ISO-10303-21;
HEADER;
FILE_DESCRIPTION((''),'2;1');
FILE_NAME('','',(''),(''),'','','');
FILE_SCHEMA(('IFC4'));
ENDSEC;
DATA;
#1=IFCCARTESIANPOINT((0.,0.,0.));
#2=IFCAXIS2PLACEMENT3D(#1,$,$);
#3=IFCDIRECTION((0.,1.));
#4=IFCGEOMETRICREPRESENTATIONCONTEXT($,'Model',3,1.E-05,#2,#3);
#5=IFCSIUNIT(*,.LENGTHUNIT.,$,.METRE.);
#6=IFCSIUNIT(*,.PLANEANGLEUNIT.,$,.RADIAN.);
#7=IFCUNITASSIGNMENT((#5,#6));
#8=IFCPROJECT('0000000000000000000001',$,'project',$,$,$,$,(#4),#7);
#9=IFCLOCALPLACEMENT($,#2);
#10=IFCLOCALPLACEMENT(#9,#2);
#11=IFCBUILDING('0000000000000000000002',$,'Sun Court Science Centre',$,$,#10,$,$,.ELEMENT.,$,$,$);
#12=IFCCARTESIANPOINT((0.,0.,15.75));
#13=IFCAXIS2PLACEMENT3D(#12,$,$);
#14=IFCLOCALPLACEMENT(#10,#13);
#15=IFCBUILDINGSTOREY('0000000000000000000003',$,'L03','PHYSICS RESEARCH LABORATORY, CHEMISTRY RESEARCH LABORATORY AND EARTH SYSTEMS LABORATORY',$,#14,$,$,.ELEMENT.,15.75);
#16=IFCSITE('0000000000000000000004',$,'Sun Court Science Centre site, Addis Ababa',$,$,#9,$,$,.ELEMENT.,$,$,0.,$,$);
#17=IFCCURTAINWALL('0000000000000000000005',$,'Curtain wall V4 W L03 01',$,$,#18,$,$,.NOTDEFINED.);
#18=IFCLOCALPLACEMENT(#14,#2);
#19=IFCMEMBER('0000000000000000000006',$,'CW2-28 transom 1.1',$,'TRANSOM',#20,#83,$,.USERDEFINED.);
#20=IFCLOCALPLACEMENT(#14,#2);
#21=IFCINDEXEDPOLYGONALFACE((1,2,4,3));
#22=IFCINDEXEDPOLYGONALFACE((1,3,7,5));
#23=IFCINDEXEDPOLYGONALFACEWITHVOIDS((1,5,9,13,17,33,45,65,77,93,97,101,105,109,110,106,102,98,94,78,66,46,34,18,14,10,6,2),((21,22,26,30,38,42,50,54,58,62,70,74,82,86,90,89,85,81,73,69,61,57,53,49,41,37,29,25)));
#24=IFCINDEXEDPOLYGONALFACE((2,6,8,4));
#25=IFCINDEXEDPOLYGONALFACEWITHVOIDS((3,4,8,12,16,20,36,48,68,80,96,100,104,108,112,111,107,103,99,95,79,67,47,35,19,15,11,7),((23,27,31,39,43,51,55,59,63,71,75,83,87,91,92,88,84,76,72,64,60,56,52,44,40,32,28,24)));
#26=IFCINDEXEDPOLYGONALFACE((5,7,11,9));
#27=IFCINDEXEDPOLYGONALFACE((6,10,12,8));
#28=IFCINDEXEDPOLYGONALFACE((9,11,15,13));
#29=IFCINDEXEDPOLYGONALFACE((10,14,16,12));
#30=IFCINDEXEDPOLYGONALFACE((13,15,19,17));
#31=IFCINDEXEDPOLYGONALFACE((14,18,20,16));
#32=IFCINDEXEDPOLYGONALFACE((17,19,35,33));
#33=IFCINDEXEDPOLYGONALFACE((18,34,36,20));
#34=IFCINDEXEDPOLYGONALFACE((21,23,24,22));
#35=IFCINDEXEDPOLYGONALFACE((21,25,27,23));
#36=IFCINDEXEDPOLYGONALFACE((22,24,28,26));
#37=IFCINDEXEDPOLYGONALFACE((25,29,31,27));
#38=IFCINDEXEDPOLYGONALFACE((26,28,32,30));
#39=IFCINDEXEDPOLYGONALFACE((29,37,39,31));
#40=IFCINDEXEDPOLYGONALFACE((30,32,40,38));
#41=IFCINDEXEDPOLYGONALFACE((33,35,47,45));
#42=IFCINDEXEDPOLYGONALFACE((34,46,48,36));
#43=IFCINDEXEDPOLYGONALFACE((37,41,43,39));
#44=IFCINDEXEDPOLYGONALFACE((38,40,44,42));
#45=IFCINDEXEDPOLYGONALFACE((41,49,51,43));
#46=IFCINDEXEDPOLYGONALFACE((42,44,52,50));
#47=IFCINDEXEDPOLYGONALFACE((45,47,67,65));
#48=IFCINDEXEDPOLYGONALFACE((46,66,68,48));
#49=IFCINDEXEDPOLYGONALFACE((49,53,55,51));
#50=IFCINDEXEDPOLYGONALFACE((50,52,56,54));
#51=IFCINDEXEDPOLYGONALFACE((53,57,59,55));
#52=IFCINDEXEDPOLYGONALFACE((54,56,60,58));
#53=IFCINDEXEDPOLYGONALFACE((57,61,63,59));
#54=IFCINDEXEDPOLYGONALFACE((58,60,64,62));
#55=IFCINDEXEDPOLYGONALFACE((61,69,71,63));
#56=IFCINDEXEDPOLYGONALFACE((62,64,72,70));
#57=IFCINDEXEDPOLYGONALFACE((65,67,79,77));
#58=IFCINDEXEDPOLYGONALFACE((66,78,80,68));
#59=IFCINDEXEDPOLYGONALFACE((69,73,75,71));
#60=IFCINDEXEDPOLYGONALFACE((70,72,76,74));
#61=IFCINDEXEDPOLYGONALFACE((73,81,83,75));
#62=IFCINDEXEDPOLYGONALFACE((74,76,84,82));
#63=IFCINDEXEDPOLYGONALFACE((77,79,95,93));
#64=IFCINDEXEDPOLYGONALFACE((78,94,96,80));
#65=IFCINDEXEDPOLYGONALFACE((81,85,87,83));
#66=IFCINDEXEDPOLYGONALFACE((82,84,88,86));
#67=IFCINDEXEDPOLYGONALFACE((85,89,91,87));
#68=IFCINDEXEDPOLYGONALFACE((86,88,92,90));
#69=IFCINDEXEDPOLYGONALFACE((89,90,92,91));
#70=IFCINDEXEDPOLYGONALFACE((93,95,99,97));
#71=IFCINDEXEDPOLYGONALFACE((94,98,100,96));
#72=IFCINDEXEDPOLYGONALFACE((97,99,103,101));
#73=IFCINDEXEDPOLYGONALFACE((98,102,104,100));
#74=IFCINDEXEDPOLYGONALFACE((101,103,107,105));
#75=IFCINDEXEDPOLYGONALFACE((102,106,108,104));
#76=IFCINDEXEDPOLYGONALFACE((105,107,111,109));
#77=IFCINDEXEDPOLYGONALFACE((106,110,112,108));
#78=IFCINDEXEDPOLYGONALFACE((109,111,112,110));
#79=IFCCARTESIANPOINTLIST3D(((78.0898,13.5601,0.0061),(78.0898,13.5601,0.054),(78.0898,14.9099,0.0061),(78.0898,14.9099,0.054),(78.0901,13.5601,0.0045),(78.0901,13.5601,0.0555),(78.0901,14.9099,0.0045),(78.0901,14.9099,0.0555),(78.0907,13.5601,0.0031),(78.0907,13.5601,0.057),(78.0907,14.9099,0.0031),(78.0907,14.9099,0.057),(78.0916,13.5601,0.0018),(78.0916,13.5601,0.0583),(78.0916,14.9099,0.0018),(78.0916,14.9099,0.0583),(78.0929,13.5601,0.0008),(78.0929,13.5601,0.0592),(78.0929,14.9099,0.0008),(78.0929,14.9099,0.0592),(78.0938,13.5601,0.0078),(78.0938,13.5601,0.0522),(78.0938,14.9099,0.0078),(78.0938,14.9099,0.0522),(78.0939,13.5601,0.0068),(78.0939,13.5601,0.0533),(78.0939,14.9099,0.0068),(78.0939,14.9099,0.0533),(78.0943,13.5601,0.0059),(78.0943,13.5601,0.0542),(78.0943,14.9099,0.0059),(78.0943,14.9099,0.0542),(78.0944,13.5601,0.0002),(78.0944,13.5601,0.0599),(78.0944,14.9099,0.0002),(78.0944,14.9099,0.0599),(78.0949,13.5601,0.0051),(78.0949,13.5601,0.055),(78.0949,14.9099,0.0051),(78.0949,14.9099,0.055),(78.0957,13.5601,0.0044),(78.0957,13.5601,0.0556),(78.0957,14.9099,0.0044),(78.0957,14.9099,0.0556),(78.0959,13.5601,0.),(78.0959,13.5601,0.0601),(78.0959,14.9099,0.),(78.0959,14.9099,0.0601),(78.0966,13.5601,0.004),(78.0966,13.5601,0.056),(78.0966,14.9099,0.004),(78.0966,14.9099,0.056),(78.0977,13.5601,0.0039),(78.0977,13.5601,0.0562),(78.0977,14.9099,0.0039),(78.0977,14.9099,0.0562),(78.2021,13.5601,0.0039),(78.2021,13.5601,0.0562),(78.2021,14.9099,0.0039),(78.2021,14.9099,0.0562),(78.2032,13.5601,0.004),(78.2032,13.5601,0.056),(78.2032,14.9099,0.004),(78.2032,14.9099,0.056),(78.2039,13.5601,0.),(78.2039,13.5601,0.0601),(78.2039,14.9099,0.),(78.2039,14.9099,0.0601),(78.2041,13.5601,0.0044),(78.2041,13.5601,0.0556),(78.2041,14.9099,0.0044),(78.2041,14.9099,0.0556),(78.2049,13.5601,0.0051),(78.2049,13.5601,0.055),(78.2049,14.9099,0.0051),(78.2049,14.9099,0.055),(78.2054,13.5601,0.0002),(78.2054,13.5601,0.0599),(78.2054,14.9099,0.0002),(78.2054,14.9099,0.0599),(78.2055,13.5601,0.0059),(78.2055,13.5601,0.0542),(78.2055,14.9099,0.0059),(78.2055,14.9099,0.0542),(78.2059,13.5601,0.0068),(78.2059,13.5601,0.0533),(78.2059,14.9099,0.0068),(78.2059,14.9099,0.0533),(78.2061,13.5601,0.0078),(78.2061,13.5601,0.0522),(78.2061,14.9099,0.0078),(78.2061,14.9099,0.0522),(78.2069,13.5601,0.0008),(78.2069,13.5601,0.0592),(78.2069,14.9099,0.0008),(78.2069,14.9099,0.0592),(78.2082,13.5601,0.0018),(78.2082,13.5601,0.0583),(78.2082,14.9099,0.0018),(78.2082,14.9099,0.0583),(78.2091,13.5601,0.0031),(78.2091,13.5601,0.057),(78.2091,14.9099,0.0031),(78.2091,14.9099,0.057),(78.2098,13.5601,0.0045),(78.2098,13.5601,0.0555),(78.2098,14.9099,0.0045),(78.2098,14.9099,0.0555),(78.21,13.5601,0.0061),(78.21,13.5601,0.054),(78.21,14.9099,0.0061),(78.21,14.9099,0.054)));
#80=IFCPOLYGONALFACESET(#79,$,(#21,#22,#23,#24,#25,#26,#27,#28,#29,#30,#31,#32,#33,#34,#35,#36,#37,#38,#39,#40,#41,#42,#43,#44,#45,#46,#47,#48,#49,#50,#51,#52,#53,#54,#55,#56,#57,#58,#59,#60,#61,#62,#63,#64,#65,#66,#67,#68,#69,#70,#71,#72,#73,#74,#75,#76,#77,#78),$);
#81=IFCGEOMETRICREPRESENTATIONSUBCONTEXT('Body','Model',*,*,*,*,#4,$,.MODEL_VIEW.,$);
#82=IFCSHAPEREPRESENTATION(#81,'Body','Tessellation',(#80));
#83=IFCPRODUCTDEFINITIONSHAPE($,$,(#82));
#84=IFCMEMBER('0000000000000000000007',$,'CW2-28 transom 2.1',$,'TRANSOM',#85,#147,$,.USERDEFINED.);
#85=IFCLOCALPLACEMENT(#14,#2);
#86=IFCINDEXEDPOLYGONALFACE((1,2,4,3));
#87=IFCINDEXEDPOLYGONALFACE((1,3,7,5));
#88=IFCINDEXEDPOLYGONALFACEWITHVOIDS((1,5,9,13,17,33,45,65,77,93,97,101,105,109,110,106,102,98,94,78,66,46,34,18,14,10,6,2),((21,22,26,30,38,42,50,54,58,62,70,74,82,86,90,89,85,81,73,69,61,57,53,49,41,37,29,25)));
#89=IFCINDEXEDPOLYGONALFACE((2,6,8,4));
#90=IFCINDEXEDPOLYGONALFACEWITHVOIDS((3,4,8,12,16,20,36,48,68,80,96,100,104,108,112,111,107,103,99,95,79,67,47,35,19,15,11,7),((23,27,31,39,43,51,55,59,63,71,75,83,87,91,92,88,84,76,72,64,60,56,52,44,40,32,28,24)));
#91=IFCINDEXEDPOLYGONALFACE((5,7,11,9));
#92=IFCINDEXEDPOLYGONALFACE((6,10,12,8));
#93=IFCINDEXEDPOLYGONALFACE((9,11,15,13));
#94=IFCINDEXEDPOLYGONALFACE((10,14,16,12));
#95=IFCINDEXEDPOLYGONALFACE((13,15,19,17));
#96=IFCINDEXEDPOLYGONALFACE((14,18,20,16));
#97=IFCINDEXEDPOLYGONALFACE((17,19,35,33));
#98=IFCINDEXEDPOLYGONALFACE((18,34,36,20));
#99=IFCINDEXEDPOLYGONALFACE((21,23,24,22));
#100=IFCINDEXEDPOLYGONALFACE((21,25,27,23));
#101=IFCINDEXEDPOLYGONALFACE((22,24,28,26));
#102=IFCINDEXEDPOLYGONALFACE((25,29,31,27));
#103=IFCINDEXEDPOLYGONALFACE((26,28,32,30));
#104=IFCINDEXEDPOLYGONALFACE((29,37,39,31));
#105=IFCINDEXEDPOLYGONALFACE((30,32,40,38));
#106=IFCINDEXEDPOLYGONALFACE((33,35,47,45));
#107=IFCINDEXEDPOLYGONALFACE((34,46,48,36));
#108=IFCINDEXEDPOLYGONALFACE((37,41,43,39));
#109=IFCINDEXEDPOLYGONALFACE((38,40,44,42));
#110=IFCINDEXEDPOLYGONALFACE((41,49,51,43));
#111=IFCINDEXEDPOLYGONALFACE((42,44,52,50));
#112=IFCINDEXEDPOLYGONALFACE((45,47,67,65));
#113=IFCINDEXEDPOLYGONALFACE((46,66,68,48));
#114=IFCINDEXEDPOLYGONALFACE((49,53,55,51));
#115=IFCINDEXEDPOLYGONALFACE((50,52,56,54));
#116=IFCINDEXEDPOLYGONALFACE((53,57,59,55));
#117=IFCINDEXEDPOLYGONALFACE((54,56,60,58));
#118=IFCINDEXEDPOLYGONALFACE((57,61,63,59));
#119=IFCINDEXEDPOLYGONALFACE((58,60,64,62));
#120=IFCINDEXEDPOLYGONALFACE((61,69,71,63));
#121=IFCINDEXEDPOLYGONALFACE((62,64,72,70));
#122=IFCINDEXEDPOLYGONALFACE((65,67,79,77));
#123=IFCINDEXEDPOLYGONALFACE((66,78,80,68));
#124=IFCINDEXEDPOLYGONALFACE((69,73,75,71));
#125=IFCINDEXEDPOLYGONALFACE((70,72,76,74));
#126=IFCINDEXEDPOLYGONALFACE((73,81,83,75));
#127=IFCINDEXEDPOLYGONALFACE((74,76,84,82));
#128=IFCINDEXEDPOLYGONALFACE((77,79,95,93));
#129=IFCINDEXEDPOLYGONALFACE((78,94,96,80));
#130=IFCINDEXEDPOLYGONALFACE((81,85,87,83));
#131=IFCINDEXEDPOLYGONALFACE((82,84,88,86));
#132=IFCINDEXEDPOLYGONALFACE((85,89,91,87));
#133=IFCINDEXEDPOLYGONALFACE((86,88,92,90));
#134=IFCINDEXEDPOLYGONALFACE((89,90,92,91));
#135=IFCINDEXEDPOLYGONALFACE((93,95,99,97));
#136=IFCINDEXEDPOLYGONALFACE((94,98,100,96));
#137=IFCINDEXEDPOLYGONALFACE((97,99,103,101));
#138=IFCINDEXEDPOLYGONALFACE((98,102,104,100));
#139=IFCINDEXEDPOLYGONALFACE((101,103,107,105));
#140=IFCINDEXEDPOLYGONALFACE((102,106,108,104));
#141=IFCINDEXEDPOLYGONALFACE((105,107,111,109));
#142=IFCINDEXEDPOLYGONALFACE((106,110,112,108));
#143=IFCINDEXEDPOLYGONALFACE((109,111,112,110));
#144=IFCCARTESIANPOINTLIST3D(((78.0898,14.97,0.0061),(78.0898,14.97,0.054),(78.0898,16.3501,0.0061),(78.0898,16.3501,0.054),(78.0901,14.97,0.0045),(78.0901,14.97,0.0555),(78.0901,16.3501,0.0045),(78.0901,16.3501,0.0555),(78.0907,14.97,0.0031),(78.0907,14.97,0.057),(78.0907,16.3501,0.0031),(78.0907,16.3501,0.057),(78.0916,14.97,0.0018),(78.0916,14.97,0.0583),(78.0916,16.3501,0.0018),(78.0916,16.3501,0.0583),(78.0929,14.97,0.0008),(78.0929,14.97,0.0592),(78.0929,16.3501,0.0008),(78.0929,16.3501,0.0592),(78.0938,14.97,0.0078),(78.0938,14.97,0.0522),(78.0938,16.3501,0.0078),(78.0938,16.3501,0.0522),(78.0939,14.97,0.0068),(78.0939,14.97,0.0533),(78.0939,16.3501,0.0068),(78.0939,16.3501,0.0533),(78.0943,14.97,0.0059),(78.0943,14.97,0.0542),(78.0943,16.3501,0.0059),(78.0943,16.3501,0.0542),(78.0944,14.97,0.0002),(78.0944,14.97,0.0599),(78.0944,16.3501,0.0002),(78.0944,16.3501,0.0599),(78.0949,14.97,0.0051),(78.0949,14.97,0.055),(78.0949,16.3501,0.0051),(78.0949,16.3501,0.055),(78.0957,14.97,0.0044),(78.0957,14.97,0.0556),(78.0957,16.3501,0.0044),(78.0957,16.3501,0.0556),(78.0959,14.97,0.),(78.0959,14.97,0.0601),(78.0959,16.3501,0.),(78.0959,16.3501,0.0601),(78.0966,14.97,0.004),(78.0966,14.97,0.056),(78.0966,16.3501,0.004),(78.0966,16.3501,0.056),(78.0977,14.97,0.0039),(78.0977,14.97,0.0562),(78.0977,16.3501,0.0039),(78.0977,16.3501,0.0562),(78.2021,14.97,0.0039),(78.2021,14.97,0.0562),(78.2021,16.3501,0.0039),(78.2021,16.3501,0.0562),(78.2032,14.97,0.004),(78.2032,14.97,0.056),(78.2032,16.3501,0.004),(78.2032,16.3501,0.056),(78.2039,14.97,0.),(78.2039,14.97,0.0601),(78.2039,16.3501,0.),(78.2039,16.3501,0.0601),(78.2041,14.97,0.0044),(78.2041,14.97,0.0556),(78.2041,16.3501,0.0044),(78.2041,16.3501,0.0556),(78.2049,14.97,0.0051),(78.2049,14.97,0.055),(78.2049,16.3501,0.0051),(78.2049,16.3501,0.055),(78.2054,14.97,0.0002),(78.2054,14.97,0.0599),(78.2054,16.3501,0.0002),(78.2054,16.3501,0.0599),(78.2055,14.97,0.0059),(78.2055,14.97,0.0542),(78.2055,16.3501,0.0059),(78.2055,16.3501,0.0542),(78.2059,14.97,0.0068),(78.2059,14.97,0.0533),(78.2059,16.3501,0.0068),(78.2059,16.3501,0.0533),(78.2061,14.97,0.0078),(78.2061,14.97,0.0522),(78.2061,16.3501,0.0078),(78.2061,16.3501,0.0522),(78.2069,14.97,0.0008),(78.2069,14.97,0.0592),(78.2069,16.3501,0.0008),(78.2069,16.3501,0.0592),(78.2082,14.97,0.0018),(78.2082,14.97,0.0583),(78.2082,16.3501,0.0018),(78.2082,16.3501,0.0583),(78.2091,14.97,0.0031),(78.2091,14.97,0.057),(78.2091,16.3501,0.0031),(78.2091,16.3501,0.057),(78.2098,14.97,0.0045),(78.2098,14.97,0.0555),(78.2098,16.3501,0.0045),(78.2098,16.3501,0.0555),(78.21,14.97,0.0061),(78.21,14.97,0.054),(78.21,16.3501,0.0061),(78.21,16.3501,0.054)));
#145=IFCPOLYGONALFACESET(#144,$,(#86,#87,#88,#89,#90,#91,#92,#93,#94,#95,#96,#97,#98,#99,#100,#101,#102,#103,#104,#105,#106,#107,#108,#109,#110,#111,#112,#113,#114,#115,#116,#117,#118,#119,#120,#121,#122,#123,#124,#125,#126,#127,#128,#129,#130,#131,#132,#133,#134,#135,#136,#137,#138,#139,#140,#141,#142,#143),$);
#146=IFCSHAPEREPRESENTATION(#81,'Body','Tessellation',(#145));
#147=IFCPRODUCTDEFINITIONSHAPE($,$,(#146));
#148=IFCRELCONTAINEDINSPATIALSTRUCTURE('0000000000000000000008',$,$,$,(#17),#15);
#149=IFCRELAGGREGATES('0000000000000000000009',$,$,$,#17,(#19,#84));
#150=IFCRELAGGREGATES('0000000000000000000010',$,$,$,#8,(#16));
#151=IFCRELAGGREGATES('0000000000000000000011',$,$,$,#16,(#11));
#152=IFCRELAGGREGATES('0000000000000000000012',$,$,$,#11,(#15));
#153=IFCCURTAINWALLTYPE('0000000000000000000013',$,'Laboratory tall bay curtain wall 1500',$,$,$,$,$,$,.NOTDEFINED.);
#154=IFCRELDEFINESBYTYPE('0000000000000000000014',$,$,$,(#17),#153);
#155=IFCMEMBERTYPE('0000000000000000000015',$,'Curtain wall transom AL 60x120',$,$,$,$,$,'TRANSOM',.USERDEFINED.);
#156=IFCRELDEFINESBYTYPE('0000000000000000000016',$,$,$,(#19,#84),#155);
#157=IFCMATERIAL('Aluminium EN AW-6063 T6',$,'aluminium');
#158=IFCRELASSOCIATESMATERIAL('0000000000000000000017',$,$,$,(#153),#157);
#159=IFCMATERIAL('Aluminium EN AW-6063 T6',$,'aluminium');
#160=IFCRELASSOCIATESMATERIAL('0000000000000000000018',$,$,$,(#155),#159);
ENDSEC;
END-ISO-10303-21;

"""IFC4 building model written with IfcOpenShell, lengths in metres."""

from ifc_helpers import new_model, si_unit, direction, frame, origin, origin_2d, place, context, subcontext, project, spatial, hollow_rectangle, extrude, material, material_profile, profile_set, type_object, element, aggregate, save


model = new_model("IFC4")

# Units and contexts
model_context = context("Model", 3, precision=1e-05, world=origin(), true_north=direction((0.0, 1.0)))
body_context = subcontext(model_context, "Body", "Model", "MODEL_VIEW")
ifc_project = project(units=[si_unit("LENGTHUNIT", "METRE"), si_unit("PLANEANGLEUNIT", "RADIAN")], contexts=[model_context])

# Site, building, storey
site_placement = place(None, origin())
site = spatial("IfcSite", under=ifc_project, at=site_placement, Name="Sun Court Science Centre site, Addis Ababa", CompositionType="ELEMENT", RefElevation=0.0)
building_placement = place(site_placement, origin())
building = spatial("IfcBuilding", under=site, at=building_placement, Name="Sun Court Science Centre", CompositionType="ELEMENT")
storey_placement = place(building_placement, frame((0.0, 0.0, 15.75)))
storey = spatial("IfcBuildingStorey", under=building, at=storey_placement, Name="L03", Description="PHYSICS RESEARCH LABORATORY, CHEMISTRY RESEARCH LABORATORY AND EARTH SYSTEMS LABORATORY", CompositionType="ELEMENT", Elevation=15.75)

# Curtain wall, members
ifc_material_1 = material(Name="Aluminium EN AW-6063 T6", Category="aluminium")
curtain_wall_type = type_object("IfcCurtainWallType", Name="Laboratory tall bay curtain wall 1500", PredefinedType="NOTDEFINED", material=ifc_material_1)
curtain_wall_placement = place(storey_placement, origin())
curtain_wall = element("IfcCurtainWall", 1, at=curtain_wall_placement, inside=storey, type_object=curtain_wall_type, Name="Curtain wall V4 W L03 01", PredefinedType="NOTDEFINED")
ifc_material_2 = material(Name="Aluminium EN AW-6063 T6", Category="aluminium")
ifc_material_profile_1 = material_profile(ifc_material_2, hollow_rectangle(XDim=0.0601, YDim=0.1201, WallThickness=0.0039, InnerFilletRadius=0.0039, OuterFilletRadius=0.0061, at=origin_2d()), Name="AL 60x120x4")
ifc_profile_set_1 = profile_set([ifc_material_profile_1], Name="Aluminium EN AW-6063 T6")
member_type_1 = type_object("IfcMemberType", Name="Curtain wall transom AL 60x120", ElementType="TRANSOM", PredefinedType="USERDEFINED", material=ifc_profile_set_1)
member_1_placement = place(storey_placement, frame((78.1499, 13.5601, 0.03), z_axis=(0.0, 1.0, 0.0), x_axis=(0.0, 0.0, 1.0)))
member_1 = element("IfcMember", 2, at=member_1_placement, type_object=member_type_1, Name="CW2-28 transom 1.1", ObjectType="TRANSOM", PredefinedType="USERDEFINED", context=body_context, shape_type="SweptSolid", body=[
    extrude(hollow_rectangle(XDim=0.0601, YDim=0.1201, WallThickness=0.0039, InnerFilletRadius=0.0039, OuterFilletRadius=0.0061, at=origin_2d()), origin(), (0.0, 0.0, 1.0), 1.3499),
])
member_2_placement = place(storey_placement, frame((78.1499, 14.97, 0.03), z_axis=(0.0, 1.0, 0.0), x_axis=(0.0, 0.0, 1.0)))
member_2 = element("IfcMember", 3, at=member_2_placement, type_object=member_type_1, Name="CW2-28 transom 2.1", ObjectType="TRANSOM", PredefinedType="USERDEFINED", context=body_context, shape_type="SweptSolid", body=[
    extrude(hollow_rectangle(XDim=0.0601, YDim=0.1201, WallThickness=0.0039, InnerFilletRadius=0.0039, OuterFilletRadius=0.0061, at=origin_2d()), origin(), (0.0, 0.0, 1.0), 1.3801),
])

aggregate(curtain_wall, [member_1, member_2])

save(model, "model.ifc")
